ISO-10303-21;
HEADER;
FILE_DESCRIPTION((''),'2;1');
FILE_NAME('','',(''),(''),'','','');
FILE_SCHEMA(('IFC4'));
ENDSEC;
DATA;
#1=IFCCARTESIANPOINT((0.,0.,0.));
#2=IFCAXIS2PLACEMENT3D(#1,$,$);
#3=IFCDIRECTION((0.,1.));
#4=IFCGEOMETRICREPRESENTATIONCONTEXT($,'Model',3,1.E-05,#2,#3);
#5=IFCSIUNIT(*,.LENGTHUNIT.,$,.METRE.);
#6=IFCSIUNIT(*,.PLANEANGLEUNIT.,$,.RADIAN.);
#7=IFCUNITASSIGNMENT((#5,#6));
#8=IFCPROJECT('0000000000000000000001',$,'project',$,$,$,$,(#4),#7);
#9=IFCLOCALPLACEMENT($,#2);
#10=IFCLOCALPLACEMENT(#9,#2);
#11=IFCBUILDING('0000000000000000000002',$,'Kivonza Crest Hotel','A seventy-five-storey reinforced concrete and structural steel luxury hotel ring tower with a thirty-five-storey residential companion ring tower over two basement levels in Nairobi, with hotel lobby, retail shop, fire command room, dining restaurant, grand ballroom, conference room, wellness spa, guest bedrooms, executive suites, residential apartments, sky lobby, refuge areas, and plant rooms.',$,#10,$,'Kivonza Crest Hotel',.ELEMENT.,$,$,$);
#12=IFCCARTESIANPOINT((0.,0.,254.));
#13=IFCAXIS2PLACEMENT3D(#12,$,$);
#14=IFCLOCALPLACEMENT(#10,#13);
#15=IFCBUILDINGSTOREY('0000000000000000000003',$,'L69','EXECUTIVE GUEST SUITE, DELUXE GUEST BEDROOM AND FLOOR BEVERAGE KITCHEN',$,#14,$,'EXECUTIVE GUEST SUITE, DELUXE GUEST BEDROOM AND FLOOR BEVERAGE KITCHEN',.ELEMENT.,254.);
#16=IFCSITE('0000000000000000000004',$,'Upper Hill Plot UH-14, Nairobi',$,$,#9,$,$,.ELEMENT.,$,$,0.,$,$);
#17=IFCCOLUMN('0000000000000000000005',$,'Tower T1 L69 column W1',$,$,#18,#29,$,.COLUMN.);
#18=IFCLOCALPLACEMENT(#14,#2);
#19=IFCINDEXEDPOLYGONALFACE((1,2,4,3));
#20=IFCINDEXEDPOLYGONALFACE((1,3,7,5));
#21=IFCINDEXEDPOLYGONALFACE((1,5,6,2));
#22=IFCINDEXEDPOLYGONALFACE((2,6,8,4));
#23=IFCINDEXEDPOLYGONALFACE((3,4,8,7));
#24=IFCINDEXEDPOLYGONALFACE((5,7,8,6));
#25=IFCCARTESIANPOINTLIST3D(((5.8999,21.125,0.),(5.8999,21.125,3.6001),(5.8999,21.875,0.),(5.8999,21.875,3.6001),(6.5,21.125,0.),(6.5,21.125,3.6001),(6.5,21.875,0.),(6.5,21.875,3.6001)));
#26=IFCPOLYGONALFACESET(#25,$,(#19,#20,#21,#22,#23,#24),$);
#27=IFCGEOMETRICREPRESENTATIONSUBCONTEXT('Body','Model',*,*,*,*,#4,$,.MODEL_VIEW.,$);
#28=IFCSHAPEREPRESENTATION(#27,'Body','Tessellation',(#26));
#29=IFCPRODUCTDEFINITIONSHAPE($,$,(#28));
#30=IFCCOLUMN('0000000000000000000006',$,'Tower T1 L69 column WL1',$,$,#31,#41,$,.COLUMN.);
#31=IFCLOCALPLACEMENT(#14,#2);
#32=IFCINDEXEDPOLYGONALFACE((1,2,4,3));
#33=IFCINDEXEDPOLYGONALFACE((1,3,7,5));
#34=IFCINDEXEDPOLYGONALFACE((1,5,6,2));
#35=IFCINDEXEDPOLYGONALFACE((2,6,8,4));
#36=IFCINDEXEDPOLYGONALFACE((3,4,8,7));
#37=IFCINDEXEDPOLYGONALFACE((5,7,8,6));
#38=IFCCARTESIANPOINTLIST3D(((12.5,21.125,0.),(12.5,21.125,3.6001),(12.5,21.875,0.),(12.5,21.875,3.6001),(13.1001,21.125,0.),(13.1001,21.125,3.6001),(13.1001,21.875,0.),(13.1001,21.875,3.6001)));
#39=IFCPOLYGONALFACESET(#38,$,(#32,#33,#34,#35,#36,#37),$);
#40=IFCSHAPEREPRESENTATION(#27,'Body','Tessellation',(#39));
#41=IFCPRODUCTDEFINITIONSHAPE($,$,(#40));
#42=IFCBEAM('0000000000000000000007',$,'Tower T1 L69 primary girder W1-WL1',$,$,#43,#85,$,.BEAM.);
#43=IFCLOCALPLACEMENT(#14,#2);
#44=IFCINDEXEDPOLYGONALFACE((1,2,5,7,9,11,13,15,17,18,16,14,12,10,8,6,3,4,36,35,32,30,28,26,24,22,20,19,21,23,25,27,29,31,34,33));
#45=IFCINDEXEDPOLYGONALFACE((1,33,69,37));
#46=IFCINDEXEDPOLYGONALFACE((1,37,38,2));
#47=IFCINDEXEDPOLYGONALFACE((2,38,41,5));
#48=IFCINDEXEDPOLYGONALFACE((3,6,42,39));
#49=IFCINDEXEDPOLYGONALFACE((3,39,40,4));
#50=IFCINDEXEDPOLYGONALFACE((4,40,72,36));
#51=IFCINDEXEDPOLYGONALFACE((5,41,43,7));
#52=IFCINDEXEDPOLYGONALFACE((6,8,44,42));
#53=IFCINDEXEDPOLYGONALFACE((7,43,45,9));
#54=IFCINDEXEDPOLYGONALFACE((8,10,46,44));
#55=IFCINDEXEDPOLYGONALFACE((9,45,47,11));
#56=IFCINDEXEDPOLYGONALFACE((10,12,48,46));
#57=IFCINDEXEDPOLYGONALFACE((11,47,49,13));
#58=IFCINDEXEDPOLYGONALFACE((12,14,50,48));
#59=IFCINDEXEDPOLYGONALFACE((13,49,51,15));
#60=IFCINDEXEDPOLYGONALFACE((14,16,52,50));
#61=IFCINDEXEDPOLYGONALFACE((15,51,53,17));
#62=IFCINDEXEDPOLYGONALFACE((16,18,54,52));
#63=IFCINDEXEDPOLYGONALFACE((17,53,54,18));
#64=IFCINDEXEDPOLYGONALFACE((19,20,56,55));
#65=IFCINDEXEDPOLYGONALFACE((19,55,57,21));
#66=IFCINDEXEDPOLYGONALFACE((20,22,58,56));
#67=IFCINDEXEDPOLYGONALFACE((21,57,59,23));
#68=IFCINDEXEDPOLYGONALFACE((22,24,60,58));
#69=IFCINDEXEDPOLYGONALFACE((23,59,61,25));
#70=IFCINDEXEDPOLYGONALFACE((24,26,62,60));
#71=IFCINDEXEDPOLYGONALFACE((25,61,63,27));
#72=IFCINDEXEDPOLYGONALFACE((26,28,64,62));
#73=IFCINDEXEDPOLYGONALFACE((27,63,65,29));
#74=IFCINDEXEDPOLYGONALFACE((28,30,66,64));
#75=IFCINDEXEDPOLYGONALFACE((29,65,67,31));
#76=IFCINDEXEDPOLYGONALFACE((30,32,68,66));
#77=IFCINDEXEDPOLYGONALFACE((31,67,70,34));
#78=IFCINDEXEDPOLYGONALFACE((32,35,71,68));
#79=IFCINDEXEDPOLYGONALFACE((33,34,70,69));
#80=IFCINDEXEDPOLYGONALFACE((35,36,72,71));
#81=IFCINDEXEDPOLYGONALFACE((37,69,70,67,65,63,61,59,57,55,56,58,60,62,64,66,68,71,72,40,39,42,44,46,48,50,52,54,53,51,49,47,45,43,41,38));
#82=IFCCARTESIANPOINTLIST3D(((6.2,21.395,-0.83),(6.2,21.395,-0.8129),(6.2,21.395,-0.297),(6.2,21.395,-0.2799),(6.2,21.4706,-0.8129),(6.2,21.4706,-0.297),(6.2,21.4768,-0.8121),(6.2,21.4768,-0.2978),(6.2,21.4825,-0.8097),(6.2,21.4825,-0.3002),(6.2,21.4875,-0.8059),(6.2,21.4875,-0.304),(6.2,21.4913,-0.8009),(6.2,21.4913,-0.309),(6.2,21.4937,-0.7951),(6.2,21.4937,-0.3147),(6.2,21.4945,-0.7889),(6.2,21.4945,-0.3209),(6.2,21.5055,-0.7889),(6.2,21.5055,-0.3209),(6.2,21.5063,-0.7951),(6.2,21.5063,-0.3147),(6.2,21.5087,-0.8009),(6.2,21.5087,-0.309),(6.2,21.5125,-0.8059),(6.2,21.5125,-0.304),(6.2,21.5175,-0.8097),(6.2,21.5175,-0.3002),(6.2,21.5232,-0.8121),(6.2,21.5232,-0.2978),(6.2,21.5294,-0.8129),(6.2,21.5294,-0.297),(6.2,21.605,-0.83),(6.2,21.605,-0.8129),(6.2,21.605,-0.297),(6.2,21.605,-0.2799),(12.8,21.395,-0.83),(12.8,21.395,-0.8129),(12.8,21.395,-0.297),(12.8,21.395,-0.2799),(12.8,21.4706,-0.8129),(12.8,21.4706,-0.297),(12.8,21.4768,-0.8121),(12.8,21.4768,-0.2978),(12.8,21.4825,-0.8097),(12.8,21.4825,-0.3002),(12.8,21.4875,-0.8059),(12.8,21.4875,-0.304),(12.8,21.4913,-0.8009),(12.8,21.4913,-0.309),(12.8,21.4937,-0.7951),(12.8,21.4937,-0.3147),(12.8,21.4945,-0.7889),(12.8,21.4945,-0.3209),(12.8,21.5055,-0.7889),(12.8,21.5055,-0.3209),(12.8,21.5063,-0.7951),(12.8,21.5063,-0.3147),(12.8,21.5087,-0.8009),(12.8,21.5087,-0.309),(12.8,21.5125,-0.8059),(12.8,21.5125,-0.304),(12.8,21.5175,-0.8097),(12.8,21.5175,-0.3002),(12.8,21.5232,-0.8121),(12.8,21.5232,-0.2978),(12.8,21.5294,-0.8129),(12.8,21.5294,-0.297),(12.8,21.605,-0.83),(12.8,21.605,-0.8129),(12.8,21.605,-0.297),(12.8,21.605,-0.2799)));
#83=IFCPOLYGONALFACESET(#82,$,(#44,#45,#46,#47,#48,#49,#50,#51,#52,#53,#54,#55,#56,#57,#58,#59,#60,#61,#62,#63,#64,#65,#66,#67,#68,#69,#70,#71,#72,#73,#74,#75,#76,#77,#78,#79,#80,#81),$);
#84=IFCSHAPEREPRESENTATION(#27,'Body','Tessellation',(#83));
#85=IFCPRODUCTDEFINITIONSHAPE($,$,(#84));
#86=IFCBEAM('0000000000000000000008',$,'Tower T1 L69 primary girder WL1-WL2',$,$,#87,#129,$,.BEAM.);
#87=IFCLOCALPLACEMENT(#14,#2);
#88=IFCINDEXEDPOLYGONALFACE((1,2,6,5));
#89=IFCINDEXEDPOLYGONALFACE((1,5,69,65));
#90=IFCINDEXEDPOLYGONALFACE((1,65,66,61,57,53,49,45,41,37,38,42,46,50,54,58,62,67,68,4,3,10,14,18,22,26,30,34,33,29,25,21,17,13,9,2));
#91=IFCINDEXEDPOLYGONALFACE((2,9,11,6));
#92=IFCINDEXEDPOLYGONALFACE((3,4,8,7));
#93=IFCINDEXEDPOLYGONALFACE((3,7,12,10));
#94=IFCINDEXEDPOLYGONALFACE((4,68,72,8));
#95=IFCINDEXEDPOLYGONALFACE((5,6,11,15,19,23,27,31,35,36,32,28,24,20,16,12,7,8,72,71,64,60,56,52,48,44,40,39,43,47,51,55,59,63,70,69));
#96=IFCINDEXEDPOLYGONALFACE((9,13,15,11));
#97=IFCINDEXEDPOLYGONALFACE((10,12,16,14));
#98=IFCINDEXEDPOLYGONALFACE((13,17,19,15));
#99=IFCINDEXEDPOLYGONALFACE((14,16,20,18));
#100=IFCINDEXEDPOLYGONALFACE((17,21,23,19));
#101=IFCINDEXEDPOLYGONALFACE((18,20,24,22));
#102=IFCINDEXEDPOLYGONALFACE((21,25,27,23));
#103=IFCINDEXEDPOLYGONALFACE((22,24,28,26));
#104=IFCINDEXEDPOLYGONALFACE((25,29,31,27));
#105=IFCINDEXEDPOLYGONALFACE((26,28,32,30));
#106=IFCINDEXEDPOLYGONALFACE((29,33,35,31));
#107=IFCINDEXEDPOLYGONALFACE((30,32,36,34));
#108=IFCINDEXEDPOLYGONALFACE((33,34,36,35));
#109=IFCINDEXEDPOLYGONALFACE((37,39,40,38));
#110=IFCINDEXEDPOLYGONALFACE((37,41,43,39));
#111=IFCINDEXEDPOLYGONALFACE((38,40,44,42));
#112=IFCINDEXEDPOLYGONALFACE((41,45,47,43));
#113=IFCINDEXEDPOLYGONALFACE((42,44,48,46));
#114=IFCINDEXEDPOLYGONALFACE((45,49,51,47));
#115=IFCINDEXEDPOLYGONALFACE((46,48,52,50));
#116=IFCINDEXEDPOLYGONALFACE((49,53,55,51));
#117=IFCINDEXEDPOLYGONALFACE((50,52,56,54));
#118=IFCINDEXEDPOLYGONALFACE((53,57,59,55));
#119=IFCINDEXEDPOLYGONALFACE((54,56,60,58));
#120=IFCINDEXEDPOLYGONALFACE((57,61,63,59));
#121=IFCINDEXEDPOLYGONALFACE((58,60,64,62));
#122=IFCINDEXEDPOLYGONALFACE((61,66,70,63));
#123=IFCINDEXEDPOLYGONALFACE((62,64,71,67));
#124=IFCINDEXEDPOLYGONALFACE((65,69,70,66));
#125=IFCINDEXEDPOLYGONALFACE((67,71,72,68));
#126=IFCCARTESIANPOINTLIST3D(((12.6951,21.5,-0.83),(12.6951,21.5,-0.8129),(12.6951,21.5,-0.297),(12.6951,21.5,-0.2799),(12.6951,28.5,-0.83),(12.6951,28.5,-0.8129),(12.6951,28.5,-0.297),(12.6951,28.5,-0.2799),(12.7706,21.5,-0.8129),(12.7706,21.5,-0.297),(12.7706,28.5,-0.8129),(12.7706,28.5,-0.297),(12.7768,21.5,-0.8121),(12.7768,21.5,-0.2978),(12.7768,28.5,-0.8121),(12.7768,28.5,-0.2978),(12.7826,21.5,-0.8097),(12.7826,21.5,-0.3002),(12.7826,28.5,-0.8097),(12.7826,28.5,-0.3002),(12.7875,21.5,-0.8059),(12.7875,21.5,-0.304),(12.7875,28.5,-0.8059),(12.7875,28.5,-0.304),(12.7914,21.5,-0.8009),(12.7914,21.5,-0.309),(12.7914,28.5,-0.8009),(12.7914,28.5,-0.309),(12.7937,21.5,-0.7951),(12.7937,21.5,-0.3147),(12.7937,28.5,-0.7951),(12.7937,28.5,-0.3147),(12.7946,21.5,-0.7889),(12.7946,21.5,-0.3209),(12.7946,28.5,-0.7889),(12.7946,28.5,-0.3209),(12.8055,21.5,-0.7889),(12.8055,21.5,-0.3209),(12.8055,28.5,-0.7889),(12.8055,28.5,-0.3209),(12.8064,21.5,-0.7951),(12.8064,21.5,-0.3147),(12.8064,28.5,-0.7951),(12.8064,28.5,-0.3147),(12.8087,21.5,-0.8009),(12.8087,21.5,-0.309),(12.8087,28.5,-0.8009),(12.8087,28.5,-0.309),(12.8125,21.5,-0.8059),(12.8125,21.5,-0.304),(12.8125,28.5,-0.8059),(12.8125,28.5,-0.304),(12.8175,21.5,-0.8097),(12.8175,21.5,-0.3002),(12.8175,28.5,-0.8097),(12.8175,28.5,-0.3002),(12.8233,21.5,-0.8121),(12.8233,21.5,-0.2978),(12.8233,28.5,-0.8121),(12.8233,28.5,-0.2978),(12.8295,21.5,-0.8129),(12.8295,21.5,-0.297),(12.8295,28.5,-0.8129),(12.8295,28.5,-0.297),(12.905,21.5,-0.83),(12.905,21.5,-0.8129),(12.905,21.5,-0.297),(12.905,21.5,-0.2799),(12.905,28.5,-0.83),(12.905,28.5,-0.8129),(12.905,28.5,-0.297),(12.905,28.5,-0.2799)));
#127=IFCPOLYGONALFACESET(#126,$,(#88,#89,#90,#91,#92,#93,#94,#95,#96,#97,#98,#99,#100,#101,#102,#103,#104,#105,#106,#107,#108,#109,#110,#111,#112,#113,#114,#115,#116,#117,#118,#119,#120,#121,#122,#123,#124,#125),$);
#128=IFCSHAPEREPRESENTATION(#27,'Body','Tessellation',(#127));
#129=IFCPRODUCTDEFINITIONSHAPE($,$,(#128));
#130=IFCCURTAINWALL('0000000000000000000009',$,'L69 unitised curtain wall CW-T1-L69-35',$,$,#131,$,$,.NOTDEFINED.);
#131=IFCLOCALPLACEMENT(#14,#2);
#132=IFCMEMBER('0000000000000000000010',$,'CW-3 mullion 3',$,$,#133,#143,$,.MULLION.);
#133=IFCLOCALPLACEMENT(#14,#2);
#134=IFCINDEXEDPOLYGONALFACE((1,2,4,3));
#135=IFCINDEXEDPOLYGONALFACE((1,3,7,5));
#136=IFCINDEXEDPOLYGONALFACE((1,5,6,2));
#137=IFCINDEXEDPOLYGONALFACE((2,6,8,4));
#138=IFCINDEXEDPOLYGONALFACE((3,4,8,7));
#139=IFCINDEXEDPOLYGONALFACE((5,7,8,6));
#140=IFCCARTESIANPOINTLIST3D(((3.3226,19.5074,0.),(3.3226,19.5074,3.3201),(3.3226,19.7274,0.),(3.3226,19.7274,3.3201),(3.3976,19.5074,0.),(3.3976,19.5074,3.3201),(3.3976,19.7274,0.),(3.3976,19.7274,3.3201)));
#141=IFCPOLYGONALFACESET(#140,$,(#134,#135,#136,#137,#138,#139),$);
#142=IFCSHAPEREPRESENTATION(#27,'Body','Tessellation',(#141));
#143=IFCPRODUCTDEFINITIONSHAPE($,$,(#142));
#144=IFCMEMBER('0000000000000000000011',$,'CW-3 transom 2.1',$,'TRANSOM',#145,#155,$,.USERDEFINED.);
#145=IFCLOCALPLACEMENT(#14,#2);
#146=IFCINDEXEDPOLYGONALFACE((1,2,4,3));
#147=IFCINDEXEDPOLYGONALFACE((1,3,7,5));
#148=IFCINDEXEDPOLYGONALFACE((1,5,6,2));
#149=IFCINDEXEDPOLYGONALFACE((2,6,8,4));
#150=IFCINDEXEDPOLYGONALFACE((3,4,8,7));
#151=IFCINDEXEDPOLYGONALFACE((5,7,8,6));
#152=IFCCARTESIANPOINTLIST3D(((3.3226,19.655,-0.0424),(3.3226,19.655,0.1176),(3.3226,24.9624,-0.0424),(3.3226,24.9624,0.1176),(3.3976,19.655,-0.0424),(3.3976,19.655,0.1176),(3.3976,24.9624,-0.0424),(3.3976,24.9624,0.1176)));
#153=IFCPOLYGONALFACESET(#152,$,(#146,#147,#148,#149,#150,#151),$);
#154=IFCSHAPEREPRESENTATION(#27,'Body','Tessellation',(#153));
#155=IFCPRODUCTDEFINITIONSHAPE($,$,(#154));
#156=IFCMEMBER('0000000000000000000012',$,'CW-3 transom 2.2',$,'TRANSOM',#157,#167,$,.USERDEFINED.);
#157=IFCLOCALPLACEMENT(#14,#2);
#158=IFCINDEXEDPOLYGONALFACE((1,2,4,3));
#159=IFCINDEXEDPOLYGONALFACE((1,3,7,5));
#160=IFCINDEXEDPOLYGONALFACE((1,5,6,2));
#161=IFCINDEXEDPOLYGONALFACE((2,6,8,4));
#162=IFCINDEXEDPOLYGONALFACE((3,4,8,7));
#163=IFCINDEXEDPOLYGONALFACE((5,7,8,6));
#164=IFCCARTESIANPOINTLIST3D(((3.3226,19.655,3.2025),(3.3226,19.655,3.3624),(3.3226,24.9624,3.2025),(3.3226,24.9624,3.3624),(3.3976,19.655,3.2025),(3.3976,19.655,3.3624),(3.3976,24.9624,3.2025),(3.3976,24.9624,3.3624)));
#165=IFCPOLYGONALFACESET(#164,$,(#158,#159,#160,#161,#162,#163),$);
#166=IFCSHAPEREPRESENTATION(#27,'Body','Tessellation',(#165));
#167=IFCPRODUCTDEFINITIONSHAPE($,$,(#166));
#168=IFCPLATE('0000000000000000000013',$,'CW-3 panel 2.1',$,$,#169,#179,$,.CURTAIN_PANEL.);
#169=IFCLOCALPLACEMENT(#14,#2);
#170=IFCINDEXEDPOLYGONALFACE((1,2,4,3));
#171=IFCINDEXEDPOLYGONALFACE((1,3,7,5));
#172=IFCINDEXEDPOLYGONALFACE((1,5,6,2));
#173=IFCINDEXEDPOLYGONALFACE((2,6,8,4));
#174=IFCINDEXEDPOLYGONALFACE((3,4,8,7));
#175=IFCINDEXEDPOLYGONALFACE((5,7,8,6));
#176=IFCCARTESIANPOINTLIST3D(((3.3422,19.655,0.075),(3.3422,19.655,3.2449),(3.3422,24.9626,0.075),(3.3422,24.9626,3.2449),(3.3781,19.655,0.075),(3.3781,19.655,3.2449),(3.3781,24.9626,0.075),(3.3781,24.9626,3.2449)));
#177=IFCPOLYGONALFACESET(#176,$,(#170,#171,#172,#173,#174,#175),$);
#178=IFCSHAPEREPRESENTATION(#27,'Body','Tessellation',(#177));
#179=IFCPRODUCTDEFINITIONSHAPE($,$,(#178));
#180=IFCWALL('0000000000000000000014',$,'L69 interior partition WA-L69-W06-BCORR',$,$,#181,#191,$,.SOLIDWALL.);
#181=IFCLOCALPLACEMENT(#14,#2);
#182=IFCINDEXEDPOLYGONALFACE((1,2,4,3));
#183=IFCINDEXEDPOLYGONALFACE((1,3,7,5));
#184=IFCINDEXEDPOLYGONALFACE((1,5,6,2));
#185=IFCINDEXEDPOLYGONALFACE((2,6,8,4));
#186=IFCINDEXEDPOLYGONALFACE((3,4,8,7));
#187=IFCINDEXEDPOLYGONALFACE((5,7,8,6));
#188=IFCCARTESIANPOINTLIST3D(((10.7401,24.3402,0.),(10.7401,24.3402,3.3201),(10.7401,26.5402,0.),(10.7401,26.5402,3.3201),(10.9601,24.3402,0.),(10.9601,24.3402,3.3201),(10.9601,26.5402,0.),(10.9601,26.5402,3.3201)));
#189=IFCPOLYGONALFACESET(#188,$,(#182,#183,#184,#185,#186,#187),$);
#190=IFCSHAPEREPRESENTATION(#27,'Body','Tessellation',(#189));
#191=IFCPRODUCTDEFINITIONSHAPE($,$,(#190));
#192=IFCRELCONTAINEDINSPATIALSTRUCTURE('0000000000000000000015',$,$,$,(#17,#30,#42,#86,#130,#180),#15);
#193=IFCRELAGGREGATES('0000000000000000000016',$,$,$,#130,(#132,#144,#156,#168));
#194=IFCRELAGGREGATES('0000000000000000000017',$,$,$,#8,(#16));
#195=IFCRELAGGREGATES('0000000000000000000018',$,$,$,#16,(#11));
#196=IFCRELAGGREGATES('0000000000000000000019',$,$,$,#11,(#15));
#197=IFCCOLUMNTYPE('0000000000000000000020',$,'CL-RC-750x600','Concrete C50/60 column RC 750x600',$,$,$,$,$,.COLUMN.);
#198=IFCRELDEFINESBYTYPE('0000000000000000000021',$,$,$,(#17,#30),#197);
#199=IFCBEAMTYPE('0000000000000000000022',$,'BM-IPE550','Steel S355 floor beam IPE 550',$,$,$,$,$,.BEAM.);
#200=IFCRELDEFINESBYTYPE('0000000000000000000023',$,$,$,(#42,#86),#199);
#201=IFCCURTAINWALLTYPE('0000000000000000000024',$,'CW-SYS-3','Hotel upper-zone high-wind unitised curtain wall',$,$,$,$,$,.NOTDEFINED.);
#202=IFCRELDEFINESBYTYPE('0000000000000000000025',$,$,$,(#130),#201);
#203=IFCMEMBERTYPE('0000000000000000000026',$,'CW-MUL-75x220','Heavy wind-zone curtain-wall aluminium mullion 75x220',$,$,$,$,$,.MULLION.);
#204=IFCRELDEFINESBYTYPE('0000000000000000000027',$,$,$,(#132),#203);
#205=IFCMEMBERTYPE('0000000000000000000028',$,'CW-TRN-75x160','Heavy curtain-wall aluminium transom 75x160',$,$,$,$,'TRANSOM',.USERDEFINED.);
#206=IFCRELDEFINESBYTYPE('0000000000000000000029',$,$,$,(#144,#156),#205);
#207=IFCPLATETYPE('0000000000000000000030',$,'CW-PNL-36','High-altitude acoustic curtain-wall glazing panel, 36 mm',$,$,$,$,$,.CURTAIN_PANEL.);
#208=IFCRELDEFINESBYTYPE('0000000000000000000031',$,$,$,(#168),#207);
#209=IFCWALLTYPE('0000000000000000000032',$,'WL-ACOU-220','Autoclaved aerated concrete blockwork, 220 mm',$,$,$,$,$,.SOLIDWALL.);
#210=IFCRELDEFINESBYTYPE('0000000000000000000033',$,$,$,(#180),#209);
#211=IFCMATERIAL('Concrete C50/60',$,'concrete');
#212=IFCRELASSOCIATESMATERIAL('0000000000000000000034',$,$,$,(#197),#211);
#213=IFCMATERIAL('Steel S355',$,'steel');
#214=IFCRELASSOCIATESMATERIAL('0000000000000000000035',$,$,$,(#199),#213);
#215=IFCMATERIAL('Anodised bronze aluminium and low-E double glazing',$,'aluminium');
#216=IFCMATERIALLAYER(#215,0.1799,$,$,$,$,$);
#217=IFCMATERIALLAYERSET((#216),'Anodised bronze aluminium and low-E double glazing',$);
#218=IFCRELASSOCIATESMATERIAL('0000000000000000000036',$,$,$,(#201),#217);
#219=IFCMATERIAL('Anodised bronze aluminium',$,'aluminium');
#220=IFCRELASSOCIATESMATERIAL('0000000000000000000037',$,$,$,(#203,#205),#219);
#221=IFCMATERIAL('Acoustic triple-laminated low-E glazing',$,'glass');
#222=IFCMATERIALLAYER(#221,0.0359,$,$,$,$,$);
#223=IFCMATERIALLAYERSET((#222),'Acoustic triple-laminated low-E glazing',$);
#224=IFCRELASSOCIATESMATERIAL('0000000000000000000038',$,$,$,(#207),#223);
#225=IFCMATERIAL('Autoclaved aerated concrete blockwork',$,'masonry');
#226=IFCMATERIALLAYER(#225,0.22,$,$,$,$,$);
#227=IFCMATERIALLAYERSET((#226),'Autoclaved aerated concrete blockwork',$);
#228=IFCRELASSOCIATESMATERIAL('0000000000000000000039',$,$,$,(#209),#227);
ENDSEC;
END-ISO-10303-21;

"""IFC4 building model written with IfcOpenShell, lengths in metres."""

from ifc_helpers import new_model, si_unit, direction, frame, frame_2d, origin, origin_2d, place, context, subcontext, project, spatial, rectangle, i_section, extrude, material, layer, layer_set, material_profile, profile_set, type_object, element, aggregate, save


model = new_model("IFC4")

# Units and contexts
model_context = context("Model", 3, precision=1e-05, world=origin(), true_north=direction((0.0, 1.0)))
body_context = subcontext(model_context, "Body", "Model", "MODEL_VIEW")
ifc_project = project(units=[si_unit("LENGTHUNIT", "METRE"), si_unit("PLANEANGLEUNIT", "RADIAN")], contexts=[model_context])

# Site, building, storey
site_placement = place(None, origin())
site = spatial("IfcSite", under=ifc_project, at=site_placement, Name="Upper Hill Plot UH-14, Nairobi", CompositionType="ELEMENT", RefElevation=0.0)
building_placement = place(site_placement, origin())
building = spatial("IfcBuilding", under=site, at=building_placement, Name="Kivonza Crest Hotel", Description="A seventy-five-storey reinforced concrete and structural steel luxury hotel ring tower with a thirty-five-storey residential companion ring tower over two basement levels in Nairobi, with hotel lobby, retail shop, fire command room, dining restaurant, grand ballroom, conference room, wellness spa, guest bedrooms, executive suites, residential apartments, sky lobby, refuge areas, and plant rooms.", LongName="Kivonza Crest Hotel", CompositionType="ELEMENT")
storey_placement = place(building_placement, frame((0.0, 0.0, 254.0)))
storey = spatial("IfcBuildingStorey", under=building, at=storey_placement, Name="L69", Description="EXECUTIVE GUEST SUITE, DELUXE GUEST BEDROOM AND FLOOR BEVERAGE KITCHEN", LongName="EXECUTIVE GUEST SUITE, DELUXE GUEST BEDROOM AND FLOOR BEVERAGE KITCHEN", CompositionType="ELEMENT", Elevation=254.0)

# Columns
ifc_material_1 = material(Name="Concrete C50/60", Category="concrete")
ifc_material_profile_1 = material_profile(ifc_material_1, rectangle(XDim=0.6001, YDim=0.75, at=origin_2d()), Name="RC 750x600")
ifc_profile_set_1 = profile_set([ifc_material_profile_1], Name="Concrete C50/60")
column_type = type_object("IfcColumnType", Name="CL-RC-750x600", Description="Concrete C50/60 column RC 750x600", PredefinedType="COLUMN", material=ifc_profile_set_1)
for number, where, z_axis, x_axis, name in (
    (1, (6.2, 21.5, 0.0), (0.0, 0.0, 1.0), (1.0, 0.0, 0.0), "Tower T1 L69 column W1"),
    (2, (12.8, 21.5, 0.0), (0.0, 0.0, 1.0), (1.0, 0.0, 0.0), "Tower T1 L69 column WL1"),
):
    element("IfcColumn", number, at=place(storey_placement, frame(where, z_axis=z_axis, x_axis=x_axis)), inside=storey, type_object=column_type, Name=name, PredefinedType="COLUMN", context=body_context, shape_type="SweptSolid", body=[
        extrude(rectangle(XDim=0.6001, YDim=0.75, at=origin_2d()), origin(), (0.0, 0.0, 1.0), 3.6001),
    ])

# Beams
ifc_material_2 = material(Name="Steel S355", Category="steel")
ifc_material_profile_2 = material_profile(ifc_material_2, i_section(OverallWidth=0.21, OverallDepth=0.55, WebThickness=0.011, FlangeThickness=0.0171, FilletRadius=0.0239, at=origin_2d()), Name="IPE 550")
ifc_profile_set_2 = profile_set([ifc_material_profile_2], Name="Steel S355")
beam_type = type_object("IfcBeamType", Name="BM-IPE550", Description="Steel S355 floor beam IPE 550", PredefinedType="BEAM", material=ifc_profile_set_2)
beam_1_placement = place(storey_placement, frame((6.2, 21.5, -0.5549), z_axis=(1.0, 0.0, 0.0), x_axis=(0.0, 1.0, 0.0)))
element("IfcBeam", 3, at=beam_1_placement, inside=storey, type_object=beam_type, Name="Tower T1 L69 primary girder W1-WL1", PredefinedType="BEAM", context=body_context, shape_type="SweptSolid", body=[
    extrude(i_section(OverallWidth=0.21, OverallDepth=0.55, WebThickness=0.011, FlangeThickness=0.0171, FilletRadius=0.0239, at=origin_2d()), origin(), (0.0, 0.0, 1.0), 6.6001),
])
beam_2_placement = place(storey_placement, frame((12.8, 21.5, -0.5549), z_axis=(0.0, 1.0, 0.0), x_axis=(-1.0, 0.0, 0.0)))
element("IfcBeam", 4, at=beam_2_placement, inside=storey, type_object=beam_type, Name="Tower T1 L69 primary girder WL1-WL2", PredefinedType="BEAM", context=body_context, shape_type="SweptSolid", body=[
    extrude(i_section(OverallWidth=0.21, OverallDepth=0.55, WebThickness=0.011, FlangeThickness=0.0171, FilletRadius=0.0239, at=origin_2d()), origin(), (0.0, 0.0, 1.0), 7.0),
])

# Curtain wall, members, plate
ifc_material_3 = material(Name="Anodised bronze aluminium and low-E double glazing", Category="aluminium")
ifc_layer_1 = layer(ifc_material_3, 0.1799)
ifc_layer_set_1 = layer_set([ifc_layer_1], Name="Anodised bronze aluminium and low-E double glazing")
curtain_wall_type = type_object("IfcCurtainWallType", Name="CW-SYS-3", Description="Hotel upper-zone high-wind unitised curtain wall", PredefinedType="NOTDEFINED", material=ifc_layer_set_1)
curtain_wall_placement = place(storey_placement, origin())
curtain_wall = element("IfcCurtainWall", 5, at=curtain_wall_placement, inside=storey, type_object=curtain_wall_type, Name="L69 unitised curtain wall CW-T1-L69-35", PredefinedType="NOTDEFINED")
ifc_material_4 = material(Name="Anodised bronze aluminium", Category="aluminium")
ifc_material_profile_3 = material_profile(ifc_material_4, rectangle(XDim=0.075, YDim=0.22, at=origin_2d()), Name="CW-M 75x220")
ifc_profile_set_3 = profile_set([ifc_material_profile_3], Name="Anodised bronze aluminium")
member_type_1 = type_object("IfcMemberType", Name="CW-MUL-75x220", Description="Heavy wind-zone curtain-wall aluminium mullion 75x220", PredefinedType="MULLION", material=ifc_profile_set_3)
member_1_placement = place(storey_placement, frame((3.3601, 19.6174, 0.0), z_axis=(0.0, 0.0, 1.0), x_axis=(1.0, 0.0, 0.0)))
member_1 = element("IfcMember", 6, at=member_1_placement, type_object=member_type_1, Name="CW-3 mullion 3", PredefinedType="MULLION", context=body_context, shape_type="SweptSolid", body=[
    extrude(rectangle(XDim=0.075, YDim=0.22, at=origin_2d()), origin(), (0.0, 0.0, 1.0), 3.3201),
])
ifc_material_profile_4 = material_profile(ifc_material_4, rectangle(XDim=0.075, YDim=0.1599, at=origin_2d()), Name="CW-T 75x160")
ifc_profile_set_4 = profile_set([ifc_material_profile_4], Name="Anodised bronze aluminium")
member_type_2 = type_object("IfcMemberType", Name="CW-TRN-75x160", Description="Heavy curtain-wall aluminium transom 75x160", ElementType="TRANSOM", PredefinedType="USERDEFINED", material=ifc_profile_set_4)
member_2_placement = place(storey_placement, frame((3.3601, 24.9624, 0.0376), z_axis=(0.0, -1.0, 0.0), x_axis=(1.0, 0.0, 0.0)))
member_2 = element("IfcMember", 7, at=member_2_placement, type_object=member_type_2, Name="CW-3 transom 2.1", ObjectType="TRANSOM", PredefinedType="USERDEFINED", context=body_context, shape_type="SweptSolid", body=[
    extrude(rectangle(XDim=0.075, YDim=0.1599, at=origin_2d()), origin(), (0.0, 0.0, 1.0), 5.3074),
])
member_3_placement = place(storey_placement, frame((3.3601, 24.9624, 3.2825), z_axis=(0.0, -1.0, 0.0), x_axis=(1.0, 0.0, 0.0)))
member_3 = element("IfcMember", 8, at=member_3_placement, type_object=member_type_2, Name="CW-3 transom 2.2", ObjectType="TRANSOM", PredefinedType="USERDEFINED", context=body_context, shape_type="SweptSolid", body=[
    extrude(rectangle(XDim=0.075, YDim=0.1599, at=origin_2d()), origin(), (0.0, 0.0, 1.0), 5.3074),
])
ifc_material_5 = material(Name="Acoustic triple-laminated low-E glazing", Category="glass")
ifc_layer_2 = layer(ifc_material_5, 0.0359)
ifc_layer_set_2 = layer_set([ifc_layer_2], Name="Acoustic triple-laminated low-E glazing")
plate_type = type_object("IfcPlateType", Name="CW-PNL-36", Description="High-altitude acoustic curtain-wall glazing panel, 36 mm", PredefinedType="CURTAIN_PANEL", material=ifc_layer_set_2)
plate_placement = place(storey_placement, frame((3.3601, 22.3088, 0.075), z_axis=(0.0, 0.0, 1.0), x_axis=(0.0, -1.0, 0.0)))
plate = element("IfcPlate", 9, at=plate_placement, type_object=plate_type, Name="CW-3 panel 2.1", PredefinedType="CURTAIN_PANEL", context=body_context, shape_type="SweptSolid", body=[
    extrude(rectangle(XDim=5.3076, YDim=0.0359, at=origin_2d()), origin(), (0.0, 0.0, 1.0), 3.1699),
])
aggregate(curtain_wall, [member_1, member_2, member_3, plate])

# Wall
ifc_material_6 = material(Name="Autoclaved aerated concrete blockwork", Category="masonry")
ifc_layer_3 = layer(ifc_material_6, 0.22)
ifc_layer_set_3 = layer_set([ifc_layer_3], Name="Autoclaved aerated concrete blockwork")
wall_type_1 = type_object("IfcWallType", Name="WL-ACOU-220", Description="Autoclaved aerated concrete blockwork, 220 mm", PredefinedType="SOLIDWALL", material=ifc_layer_set_3)
wall_1_placement = place(storey_placement, frame((10.8501, 24.3401, 0.0), z_axis=(0.0, 0.0, 1.0), x_axis=(0.0, 1.0, 0.0)))
element("IfcWall", 10, at=wall_1_placement, inside=storey, type_object=wall_type_1, Name="L69 interior partition WA-L69-W06-BCORR", PredefinedType="SOLIDWALL", context=body_context, shape_type="SweptSolid", body=[
    extrude(rectangle(XDim=2.2, YDim=0.22, at=frame_2d((1.1001, 0.0))), origin(), (0.0, 0.0, 1.0), 3.3201),
])

save(model, "model.ifc")
